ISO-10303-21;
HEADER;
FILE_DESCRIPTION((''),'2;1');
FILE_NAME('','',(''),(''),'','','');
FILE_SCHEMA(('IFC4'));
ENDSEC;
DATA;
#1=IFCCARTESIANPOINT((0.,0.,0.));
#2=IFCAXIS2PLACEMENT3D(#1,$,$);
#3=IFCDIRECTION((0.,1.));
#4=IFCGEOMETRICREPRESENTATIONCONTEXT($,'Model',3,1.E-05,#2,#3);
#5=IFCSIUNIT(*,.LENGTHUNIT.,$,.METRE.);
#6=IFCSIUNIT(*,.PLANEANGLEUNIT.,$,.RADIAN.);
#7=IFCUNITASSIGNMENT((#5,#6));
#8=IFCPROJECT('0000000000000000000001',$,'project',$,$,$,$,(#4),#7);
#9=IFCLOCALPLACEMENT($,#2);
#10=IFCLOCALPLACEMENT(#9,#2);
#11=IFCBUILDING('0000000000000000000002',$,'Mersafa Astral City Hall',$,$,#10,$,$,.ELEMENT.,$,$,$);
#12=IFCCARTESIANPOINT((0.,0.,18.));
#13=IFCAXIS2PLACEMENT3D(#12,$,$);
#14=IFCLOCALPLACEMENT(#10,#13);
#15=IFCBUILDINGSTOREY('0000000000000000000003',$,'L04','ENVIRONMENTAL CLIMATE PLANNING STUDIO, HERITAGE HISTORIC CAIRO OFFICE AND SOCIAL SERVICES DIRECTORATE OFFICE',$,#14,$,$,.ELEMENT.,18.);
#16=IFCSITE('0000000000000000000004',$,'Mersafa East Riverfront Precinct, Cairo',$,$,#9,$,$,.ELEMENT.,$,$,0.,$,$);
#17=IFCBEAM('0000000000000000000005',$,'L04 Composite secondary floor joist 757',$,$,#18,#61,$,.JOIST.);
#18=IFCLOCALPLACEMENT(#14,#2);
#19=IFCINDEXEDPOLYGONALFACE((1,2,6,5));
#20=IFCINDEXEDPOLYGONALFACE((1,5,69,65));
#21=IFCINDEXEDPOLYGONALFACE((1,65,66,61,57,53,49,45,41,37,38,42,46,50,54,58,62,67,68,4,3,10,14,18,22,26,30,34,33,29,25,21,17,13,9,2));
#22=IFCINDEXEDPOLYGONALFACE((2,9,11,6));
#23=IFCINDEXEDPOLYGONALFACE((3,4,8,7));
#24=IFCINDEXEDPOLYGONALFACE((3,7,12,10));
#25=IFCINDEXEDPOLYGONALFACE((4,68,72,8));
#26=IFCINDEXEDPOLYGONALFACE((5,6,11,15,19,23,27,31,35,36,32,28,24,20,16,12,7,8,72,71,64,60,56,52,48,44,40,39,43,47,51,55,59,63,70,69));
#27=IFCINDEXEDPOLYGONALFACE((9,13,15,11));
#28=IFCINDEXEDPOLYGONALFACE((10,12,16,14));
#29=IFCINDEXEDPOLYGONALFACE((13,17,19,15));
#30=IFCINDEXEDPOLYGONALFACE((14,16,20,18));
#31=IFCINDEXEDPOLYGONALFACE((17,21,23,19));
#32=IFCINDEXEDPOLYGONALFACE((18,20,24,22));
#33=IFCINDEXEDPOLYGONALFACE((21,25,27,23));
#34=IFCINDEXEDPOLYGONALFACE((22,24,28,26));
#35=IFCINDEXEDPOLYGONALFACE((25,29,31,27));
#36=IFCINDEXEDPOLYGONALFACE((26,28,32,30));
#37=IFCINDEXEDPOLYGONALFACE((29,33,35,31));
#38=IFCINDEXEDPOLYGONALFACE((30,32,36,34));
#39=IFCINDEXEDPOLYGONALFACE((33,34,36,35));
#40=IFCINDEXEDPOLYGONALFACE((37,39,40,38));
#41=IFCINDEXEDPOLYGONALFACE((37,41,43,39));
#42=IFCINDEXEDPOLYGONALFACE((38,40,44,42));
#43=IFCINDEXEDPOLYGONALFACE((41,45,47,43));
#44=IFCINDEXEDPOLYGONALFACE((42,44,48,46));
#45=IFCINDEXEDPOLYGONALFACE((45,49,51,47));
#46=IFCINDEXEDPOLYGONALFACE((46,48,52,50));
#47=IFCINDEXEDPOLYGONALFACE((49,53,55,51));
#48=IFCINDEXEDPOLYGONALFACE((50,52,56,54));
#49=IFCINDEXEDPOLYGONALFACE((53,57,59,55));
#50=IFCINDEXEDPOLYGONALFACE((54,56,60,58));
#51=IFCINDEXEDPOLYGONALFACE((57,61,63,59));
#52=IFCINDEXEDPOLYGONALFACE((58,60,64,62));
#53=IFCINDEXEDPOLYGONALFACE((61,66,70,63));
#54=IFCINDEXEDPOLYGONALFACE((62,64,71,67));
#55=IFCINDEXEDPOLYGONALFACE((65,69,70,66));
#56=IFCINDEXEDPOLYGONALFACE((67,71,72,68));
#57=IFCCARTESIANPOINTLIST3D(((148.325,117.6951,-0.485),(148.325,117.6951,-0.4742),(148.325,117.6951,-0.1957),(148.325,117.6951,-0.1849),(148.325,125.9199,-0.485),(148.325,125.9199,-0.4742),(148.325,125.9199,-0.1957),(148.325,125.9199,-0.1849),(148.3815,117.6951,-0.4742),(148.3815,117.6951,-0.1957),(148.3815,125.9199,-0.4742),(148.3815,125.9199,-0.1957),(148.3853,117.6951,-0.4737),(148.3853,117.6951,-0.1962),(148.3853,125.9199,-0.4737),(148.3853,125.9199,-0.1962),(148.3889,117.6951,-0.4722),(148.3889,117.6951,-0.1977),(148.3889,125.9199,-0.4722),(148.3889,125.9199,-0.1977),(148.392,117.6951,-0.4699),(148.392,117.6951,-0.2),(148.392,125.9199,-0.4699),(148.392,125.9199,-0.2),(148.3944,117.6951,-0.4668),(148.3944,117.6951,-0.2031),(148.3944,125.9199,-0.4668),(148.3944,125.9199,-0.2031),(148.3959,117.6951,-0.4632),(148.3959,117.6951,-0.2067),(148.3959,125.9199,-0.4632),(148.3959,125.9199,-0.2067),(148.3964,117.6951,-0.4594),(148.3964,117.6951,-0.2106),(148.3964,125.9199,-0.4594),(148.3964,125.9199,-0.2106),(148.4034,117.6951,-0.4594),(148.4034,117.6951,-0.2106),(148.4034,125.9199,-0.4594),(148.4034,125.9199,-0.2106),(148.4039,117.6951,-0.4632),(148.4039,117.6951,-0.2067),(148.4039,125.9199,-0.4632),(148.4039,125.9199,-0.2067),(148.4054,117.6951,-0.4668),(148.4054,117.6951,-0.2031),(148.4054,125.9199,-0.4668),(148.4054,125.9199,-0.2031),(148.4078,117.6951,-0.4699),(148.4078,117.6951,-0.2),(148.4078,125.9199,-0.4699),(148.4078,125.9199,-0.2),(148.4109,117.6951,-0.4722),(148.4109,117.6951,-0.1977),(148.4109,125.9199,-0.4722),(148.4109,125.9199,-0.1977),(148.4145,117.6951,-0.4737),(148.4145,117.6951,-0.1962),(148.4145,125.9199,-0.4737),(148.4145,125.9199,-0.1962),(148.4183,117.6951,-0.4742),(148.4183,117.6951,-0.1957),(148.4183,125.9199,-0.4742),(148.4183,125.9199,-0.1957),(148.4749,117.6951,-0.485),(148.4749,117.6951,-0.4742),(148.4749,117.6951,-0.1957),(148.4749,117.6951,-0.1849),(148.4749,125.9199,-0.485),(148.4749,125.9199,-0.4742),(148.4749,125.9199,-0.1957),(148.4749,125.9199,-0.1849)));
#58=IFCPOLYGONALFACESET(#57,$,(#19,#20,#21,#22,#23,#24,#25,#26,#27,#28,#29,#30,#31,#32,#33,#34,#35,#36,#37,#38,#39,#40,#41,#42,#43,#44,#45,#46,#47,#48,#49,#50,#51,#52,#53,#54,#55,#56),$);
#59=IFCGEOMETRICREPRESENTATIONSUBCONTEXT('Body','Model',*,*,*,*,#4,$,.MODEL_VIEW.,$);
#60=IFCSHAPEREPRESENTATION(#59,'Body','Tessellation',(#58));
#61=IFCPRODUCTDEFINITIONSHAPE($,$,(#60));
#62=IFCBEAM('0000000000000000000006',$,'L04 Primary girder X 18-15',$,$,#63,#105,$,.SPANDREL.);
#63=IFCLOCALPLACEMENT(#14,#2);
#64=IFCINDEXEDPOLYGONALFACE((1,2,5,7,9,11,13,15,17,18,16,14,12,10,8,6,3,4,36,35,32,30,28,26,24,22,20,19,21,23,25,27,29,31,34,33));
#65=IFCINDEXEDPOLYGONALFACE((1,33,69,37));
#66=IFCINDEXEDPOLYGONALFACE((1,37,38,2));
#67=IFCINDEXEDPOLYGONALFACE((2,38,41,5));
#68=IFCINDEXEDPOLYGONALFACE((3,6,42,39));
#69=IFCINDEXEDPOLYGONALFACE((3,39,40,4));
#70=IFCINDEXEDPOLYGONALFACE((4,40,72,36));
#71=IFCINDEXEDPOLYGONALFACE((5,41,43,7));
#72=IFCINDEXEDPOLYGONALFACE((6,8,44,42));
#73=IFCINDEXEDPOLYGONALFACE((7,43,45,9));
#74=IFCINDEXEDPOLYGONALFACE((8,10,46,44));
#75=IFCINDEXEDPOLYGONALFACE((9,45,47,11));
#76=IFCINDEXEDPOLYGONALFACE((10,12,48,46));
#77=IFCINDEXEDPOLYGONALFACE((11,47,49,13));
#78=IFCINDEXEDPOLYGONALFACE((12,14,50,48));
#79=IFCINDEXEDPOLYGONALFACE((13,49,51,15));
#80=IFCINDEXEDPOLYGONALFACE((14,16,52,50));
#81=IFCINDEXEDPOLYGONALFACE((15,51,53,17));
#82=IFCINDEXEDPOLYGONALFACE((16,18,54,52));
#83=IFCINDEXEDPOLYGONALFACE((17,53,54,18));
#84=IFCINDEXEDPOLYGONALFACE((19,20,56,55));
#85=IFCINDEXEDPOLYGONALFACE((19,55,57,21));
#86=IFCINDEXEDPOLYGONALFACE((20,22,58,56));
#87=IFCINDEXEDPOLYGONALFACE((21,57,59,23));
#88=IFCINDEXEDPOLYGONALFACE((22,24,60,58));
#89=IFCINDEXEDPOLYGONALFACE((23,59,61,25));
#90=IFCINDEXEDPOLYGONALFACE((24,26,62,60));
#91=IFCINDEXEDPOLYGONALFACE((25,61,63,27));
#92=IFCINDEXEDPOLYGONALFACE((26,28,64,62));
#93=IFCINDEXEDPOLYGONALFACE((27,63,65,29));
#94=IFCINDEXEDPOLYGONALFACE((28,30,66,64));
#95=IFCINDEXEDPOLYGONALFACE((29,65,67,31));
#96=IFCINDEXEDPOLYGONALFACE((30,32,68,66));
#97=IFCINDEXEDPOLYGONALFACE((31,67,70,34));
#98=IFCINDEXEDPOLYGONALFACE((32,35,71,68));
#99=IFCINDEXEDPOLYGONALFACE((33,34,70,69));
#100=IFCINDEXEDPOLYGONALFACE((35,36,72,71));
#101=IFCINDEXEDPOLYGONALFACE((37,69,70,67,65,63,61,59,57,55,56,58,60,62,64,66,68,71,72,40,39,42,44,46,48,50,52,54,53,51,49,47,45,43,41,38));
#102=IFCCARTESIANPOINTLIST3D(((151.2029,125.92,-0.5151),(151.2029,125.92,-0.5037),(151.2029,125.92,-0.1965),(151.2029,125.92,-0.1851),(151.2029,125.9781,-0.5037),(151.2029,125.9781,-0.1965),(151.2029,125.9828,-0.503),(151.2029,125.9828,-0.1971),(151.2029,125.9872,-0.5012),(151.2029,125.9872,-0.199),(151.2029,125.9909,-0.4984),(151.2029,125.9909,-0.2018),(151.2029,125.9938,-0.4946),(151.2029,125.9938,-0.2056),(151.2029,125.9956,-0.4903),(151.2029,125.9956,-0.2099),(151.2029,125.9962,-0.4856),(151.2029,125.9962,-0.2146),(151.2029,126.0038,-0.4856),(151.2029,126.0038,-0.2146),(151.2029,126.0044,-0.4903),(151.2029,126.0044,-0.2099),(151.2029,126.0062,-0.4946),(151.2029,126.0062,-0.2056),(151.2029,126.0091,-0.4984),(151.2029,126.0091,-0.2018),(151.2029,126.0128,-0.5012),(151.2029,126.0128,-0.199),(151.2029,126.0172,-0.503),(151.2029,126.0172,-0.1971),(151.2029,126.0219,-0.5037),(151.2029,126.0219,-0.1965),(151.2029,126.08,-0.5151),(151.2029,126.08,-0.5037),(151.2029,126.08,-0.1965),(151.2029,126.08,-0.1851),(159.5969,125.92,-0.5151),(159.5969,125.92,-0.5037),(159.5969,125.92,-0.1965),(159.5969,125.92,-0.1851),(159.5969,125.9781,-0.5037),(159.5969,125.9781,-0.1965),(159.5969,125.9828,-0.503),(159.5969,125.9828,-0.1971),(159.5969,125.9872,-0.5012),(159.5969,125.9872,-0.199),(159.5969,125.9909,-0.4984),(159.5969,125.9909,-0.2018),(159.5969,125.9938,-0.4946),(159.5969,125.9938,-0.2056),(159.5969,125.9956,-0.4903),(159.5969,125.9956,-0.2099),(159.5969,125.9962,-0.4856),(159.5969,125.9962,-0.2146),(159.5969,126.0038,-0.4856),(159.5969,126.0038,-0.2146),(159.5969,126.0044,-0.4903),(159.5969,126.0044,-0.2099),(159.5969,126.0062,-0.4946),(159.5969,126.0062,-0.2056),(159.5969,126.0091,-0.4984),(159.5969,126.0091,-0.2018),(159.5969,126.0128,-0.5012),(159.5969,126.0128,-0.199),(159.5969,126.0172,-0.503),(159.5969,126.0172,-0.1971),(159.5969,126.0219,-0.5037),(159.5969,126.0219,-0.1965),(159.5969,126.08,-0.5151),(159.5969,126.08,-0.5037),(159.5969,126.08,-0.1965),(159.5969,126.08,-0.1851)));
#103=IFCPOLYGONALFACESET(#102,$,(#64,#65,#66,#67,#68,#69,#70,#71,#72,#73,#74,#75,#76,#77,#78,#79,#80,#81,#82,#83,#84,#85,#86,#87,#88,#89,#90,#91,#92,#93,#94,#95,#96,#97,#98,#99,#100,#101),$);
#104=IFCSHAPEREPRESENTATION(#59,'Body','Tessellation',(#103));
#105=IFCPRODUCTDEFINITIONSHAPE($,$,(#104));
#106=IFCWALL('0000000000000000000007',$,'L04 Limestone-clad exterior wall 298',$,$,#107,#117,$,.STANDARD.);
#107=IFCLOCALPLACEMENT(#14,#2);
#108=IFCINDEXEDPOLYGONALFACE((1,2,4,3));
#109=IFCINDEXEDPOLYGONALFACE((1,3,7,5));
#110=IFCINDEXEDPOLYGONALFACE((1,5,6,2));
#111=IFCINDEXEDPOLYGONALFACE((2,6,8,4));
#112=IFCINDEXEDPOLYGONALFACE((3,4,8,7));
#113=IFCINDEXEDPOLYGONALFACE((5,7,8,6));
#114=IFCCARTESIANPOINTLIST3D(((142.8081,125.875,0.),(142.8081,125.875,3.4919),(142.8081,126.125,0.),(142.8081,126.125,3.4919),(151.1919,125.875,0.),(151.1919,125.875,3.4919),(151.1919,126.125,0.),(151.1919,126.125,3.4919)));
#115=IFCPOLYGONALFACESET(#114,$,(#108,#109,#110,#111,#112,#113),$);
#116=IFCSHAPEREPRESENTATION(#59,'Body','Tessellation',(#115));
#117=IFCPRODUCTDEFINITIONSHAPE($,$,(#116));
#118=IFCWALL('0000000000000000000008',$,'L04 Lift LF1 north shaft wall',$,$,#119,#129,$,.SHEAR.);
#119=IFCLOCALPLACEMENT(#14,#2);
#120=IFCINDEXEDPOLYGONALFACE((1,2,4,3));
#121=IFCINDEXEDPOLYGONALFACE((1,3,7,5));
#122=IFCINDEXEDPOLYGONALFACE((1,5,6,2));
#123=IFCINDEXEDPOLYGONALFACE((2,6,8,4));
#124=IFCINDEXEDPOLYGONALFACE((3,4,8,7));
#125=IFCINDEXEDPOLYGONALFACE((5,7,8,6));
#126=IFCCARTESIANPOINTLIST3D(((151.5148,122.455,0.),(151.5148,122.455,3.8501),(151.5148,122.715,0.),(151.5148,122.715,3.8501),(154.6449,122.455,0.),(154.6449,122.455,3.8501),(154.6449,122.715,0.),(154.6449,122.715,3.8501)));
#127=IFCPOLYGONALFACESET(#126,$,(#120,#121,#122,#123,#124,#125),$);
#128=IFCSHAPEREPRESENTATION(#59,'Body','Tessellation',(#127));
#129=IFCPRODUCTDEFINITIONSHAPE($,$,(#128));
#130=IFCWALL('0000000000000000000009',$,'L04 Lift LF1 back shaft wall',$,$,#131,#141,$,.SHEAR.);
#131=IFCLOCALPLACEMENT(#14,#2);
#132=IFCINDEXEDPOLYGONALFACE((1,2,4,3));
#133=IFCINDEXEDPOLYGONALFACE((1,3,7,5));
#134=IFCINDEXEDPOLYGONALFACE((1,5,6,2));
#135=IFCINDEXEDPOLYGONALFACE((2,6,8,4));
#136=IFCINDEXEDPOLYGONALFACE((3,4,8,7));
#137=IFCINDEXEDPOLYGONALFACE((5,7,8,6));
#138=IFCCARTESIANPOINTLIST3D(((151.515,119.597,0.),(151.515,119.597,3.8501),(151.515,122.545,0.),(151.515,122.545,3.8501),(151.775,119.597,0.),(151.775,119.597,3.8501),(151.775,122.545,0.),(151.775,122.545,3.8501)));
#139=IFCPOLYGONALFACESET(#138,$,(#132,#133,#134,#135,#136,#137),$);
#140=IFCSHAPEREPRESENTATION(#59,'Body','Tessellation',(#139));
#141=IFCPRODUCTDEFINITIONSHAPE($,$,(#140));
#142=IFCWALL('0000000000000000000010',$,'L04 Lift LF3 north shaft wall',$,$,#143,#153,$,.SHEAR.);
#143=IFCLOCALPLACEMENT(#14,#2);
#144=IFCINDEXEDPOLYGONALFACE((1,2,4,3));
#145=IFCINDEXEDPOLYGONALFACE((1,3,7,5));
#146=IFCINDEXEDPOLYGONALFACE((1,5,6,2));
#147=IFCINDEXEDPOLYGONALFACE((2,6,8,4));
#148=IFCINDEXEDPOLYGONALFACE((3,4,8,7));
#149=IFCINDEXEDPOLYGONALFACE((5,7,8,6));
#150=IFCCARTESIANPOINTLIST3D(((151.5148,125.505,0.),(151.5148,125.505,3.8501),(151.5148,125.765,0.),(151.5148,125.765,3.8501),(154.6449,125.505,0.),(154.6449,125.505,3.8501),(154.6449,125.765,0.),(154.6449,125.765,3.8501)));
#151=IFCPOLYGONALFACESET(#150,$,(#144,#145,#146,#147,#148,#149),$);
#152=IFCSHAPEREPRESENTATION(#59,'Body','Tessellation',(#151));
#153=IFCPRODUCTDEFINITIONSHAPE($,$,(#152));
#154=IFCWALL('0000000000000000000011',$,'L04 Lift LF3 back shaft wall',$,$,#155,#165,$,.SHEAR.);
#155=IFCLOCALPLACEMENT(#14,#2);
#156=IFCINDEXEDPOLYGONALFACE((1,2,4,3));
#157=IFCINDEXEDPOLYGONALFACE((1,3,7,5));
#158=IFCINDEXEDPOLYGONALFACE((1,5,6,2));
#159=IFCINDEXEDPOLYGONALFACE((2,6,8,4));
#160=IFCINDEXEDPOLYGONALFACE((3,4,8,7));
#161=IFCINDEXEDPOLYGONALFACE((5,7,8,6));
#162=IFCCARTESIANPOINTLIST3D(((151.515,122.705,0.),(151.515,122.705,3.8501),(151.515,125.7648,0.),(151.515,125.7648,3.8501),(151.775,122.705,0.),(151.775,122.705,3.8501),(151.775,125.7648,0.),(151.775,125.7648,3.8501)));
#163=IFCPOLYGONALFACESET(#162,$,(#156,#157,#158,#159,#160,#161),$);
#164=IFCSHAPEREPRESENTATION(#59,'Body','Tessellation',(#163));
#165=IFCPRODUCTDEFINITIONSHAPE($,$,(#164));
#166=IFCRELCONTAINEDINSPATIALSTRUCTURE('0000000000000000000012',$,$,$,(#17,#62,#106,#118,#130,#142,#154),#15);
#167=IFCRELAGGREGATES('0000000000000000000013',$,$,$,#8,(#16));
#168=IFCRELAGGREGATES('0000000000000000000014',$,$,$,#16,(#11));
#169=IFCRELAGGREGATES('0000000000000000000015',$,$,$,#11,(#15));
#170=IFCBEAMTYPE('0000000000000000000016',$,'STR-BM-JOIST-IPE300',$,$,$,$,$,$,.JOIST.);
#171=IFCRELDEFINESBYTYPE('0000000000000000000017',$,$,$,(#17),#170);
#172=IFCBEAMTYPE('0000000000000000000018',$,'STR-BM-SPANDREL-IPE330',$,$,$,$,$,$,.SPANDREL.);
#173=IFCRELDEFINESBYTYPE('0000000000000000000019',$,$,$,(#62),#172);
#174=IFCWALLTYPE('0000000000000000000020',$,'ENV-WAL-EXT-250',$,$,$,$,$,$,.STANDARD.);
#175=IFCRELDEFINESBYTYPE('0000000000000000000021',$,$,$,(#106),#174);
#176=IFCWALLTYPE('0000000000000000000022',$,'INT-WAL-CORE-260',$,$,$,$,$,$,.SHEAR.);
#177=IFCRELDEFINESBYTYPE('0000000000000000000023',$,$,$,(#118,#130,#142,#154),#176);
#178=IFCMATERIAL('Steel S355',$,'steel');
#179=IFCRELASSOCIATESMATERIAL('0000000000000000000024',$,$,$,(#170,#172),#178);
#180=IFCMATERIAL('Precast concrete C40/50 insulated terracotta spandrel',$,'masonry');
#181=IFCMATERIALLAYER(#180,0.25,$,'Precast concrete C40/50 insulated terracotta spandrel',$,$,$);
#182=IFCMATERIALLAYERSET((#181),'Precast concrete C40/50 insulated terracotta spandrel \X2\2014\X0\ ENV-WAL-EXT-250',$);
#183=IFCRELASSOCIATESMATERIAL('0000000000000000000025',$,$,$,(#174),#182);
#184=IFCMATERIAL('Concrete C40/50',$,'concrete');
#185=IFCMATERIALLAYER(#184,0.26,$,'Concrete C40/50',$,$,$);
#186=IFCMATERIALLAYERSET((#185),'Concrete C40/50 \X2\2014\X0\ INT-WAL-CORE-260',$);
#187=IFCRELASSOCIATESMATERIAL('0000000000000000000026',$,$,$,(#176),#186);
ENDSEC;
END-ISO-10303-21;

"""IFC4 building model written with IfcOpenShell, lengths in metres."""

from ifc_helpers import new_model, si_unit, direction, frame, frame_2d, origin, origin_2d, place, context, subcontext, project, spatial, rectangle, i_section, extrude, material, layer, layer_set, material_profile, profile_set, type_object, element, save


model = new_model("IFC4")

# Units and contexts
model_context = context("Model", 3, precision=1e-05, world=origin(), true_north=direction((0.0, 1.0)))
body_context = subcontext(model_context, "Body", "Model", "MODEL_VIEW")
ifc_project = project(units=[si_unit("LENGTHUNIT", "METRE"), si_unit("PLANEANGLEUNIT", "RADIAN")], contexts=[model_context])

# Site, building, storey
site_placement = place(None, origin())
site = spatial("IfcSite", under=ifc_project, at=site_placement, Name="Mersafa East Riverfront Precinct, Cairo", CompositionType="ELEMENT", RefElevation=0.0)
building_placement = place(site_placement, origin())
building = spatial("IfcBuilding", under=site, at=building_placement, Name="Mersafa Astral City Hall", CompositionType="ELEMENT")
storey_placement = place(building_placement, frame((0.0, 0.0, 18.0)))
storey = spatial("IfcBuildingStorey", under=building, at=storey_placement, Name="L04", Description="ENVIRONMENTAL CLIMATE PLANNING STUDIO, HERITAGE HISTORIC CAIRO OFFICE AND SOCIAL SERVICES DIRECTORATE OFFICE", CompositionType="ELEMENT", Elevation=18.0)

# Shared definitions
ifc_material_1 = material(Name="Steel S355", Category="steel")

# Beams
ifc_material_profile_1 = material_profile(ifc_material_1, i_section(OverallWidth=0.1499, OverallDepth=0.3, WebThickness=0.0071, FlangeThickness=0.0107, FilletRadius=0.0149, at=origin_2d()), Name="IPE 300")
ifc_profile_set_1 = profile_set([ifc_material_profile_1], Name="Steel S355")
beam_type_1 = type_object("IfcBeamType", Name="STR-BM-JOIST-IPE300", PredefinedType="JOIST", material=ifc_profile_set_1)
for number, where, z_axis, x_axis, name in (
    (1, (148.3999, 117.6951, -0.335), (0.0, 1.0, 0.0), (-1.0, 0.0, 0.0), "L04 Composite secondary floor joist 757"),
):
    element("IfcBeam", number, at=place(storey_placement, frame(where, z_axis=z_axis, x_axis=x_axis)), inside=storey, type_object=beam_type_1, Name=name, PredefinedType="JOIST", context=body_context, shape_type="SweptSolid", body=[
        extrude(i_section(OverallWidth=0.1499, OverallDepth=0.3, WebThickness=0.0071, FlangeThickness=0.0107, FilletRadius=0.0149, at=origin_2d()), origin(), (0.0, 0.0, 1.0), 8.2249),
    ])
ifc_material_profile_2 = material_profile(ifc_material_1, i_section(OverallWidth=0.1599, OverallDepth=0.3301, WebThickness=0.0076, FlangeThickness=0.0115, FilletRadius=0.0181, at=origin_2d()), Name="IPE 330")
ifc_profile_set_2 = profile_set([ifc_material_profile_2], Name="Steel S355")
beam_type_2 = type_object("IfcBeamType", Name="STR-BM-SPANDREL-IPE330", PredefinedType="SPANDREL", material=ifc_profile_set_2)
beam_1_placement = place(storey_placement, frame((151.2029, 126.0, -0.3501), z_axis=(1.0, 0.0, 0.0), x_axis=(0.0, 1.0, 0.0)))
element("IfcBeam", 2, at=beam_1_placement, inside=storey, type_object=beam_type_2, Name="L04 Primary girder X 18-15", PredefinedType="SPANDREL", context=body_context, shape_type="SweptSolid", body=[
    extrude(i_section(OverallWidth=0.1599, OverallDepth=0.3301, WebThickness=0.0076, FlangeThickness=0.0115, FilletRadius=0.0181, at=origin_2d()), origin(), (0.0, 0.0, 1.0), 8.394),
])

# Walls
ifc_material_2 = material(Name="Precast concrete C40/50 insulated terracotta spandrel", Category="masonry")
ifc_layer_1 = layer(ifc_material_2, 0.25, Name="Precast concrete C40/50 insulated terracotta spandrel")
ifc_layer_set_1 = layer_set([ifc_layer_1], Name="Precast concrete C40/50 insulated terracotta spandrel — ENV-WAL-EXT-250")
wall_type_1 = type_object("IfcWallType", Name="ENV-WAL-EXT-250", PredefinedType="STANDARD", material=ifc_layer_set_1)
wall_1_placement = place(storey_placement, frame((151.1919, 126.0, 0.0), z_axis=(0.0, 0.0, 1.0), x_axis=(-1.0, 0.0, 0.0)))
element("IfcWall", 3, at=wall_1_placement, inside=storey, type_object=wall_type_1, Name="L04 Limestone-clad exterior wall 298", PredefinedType="STANDARD", context=body_context, shape_type="SweptSolid", body=[
    extrude(rectangle(XDim=8.3838, YDim=0.25, at=frame_2d((4.1919, 0.0))), origin(), (0.0, 0.0, 1.0), 3.4919),
])
ifc_material_3 = material(Name="Concrete C40/50", Category="concrete")
ifc_layer_2 = layer(ifc_material_3, 0.26, Name="Concrete C40/50")
ifc_layer_set_2 = layer_set([ifc_layer_2], Name="Concrete C40/50 — INT-WAL-CORE-260")
wall_type_2 = type_object("IfcWallType", Name="INT-WAL-CORE-260", PredefinedType="SHEAR", material=ifc_layer_set_2)
wall_2_placement = place(storey_placement, frame((151.5149, 122.585, 0.0), z_axis=(0.0, 0.0, 1.0), x_axis=(1.0, 0.0, 0.0)))
element("IfcWall", 4, at=wall_2_placement, inside=storey, type_object=wall_type_2, Name="L04 Lift LF1 north shaft wall", PredefinedType="SHEAR", context=body_context, shape_type="SweptSolid", body=[
    extrude(rectangle(XDim=3.1301, YDim=0.26, at=frame_2d((1.5649, 0.0))), origin(), (0.0, 0.0, 1.0), 3.8501),
])
wall_3_placement = place(storey_placement, frame((151.645, 119.5969, 0.0), z_axis=(0.0, 0.0, 1.0), x_axis=(0.0, 1.0, 0.0)))
element("IfcWall", 5, at=wall_3_placement, inside=storey, type_object=wall_type_2, Name="L04 Lift LF1 back shaft wall", PredefinedType="SHEAR", context=body_context, shape_type="SweptSolid", body=[
    extrude(rectangle(XDim=2.948, YDim=0.26, at=frame_2d((1.4741, 0.0))), origin(), (0.0, 0.0, 1.0), 3.8501),
])
wall_4_placement = place(storey_placement, frame((151.5149, 125.635, 0.0), z_axis=(0.0, 0.0, 1.0), x_axis=(1.0, 0.0, 0.0)))
element("IfcWall", 6, at=wall_4_placement, inside=storey, type_object=wall_type_2, Name="L04 Lift LF3 north shaft wall", PredefinedType="SHEAR", context=body_context, shape_type="SweptSolid", body=[
    extrude(rectangle(XDim=3.1301, YDim=0.26, at=frame_2d((1.5649, 0.0))), origin(), (0.0, 0.0, 1.0), 3.8501),
])
wall_5_placement = place(storey_placement, frame((151.645, 122.7051, 0.0), z_axis=(0.0, 0.0, 1.0), x_axis=(0.0, 1.0, 0.0)))
element("IfcWall", 7, at=wall_5_placement, inside=storey, type_object=wall_type_2, Name="L04 Lift LF3 back shaft wall", PredefinedType="SHEAR", context=body_context, shape_type="SweptSolid", body=[
    extrude(rectangle(XDim=3.0598, YDim=0.26, at=frame_2d((1.5298, 0.0))), origin(), (0.0, 0.0, 1.0), 3.8501),
])

save(model, "model.ifc")
